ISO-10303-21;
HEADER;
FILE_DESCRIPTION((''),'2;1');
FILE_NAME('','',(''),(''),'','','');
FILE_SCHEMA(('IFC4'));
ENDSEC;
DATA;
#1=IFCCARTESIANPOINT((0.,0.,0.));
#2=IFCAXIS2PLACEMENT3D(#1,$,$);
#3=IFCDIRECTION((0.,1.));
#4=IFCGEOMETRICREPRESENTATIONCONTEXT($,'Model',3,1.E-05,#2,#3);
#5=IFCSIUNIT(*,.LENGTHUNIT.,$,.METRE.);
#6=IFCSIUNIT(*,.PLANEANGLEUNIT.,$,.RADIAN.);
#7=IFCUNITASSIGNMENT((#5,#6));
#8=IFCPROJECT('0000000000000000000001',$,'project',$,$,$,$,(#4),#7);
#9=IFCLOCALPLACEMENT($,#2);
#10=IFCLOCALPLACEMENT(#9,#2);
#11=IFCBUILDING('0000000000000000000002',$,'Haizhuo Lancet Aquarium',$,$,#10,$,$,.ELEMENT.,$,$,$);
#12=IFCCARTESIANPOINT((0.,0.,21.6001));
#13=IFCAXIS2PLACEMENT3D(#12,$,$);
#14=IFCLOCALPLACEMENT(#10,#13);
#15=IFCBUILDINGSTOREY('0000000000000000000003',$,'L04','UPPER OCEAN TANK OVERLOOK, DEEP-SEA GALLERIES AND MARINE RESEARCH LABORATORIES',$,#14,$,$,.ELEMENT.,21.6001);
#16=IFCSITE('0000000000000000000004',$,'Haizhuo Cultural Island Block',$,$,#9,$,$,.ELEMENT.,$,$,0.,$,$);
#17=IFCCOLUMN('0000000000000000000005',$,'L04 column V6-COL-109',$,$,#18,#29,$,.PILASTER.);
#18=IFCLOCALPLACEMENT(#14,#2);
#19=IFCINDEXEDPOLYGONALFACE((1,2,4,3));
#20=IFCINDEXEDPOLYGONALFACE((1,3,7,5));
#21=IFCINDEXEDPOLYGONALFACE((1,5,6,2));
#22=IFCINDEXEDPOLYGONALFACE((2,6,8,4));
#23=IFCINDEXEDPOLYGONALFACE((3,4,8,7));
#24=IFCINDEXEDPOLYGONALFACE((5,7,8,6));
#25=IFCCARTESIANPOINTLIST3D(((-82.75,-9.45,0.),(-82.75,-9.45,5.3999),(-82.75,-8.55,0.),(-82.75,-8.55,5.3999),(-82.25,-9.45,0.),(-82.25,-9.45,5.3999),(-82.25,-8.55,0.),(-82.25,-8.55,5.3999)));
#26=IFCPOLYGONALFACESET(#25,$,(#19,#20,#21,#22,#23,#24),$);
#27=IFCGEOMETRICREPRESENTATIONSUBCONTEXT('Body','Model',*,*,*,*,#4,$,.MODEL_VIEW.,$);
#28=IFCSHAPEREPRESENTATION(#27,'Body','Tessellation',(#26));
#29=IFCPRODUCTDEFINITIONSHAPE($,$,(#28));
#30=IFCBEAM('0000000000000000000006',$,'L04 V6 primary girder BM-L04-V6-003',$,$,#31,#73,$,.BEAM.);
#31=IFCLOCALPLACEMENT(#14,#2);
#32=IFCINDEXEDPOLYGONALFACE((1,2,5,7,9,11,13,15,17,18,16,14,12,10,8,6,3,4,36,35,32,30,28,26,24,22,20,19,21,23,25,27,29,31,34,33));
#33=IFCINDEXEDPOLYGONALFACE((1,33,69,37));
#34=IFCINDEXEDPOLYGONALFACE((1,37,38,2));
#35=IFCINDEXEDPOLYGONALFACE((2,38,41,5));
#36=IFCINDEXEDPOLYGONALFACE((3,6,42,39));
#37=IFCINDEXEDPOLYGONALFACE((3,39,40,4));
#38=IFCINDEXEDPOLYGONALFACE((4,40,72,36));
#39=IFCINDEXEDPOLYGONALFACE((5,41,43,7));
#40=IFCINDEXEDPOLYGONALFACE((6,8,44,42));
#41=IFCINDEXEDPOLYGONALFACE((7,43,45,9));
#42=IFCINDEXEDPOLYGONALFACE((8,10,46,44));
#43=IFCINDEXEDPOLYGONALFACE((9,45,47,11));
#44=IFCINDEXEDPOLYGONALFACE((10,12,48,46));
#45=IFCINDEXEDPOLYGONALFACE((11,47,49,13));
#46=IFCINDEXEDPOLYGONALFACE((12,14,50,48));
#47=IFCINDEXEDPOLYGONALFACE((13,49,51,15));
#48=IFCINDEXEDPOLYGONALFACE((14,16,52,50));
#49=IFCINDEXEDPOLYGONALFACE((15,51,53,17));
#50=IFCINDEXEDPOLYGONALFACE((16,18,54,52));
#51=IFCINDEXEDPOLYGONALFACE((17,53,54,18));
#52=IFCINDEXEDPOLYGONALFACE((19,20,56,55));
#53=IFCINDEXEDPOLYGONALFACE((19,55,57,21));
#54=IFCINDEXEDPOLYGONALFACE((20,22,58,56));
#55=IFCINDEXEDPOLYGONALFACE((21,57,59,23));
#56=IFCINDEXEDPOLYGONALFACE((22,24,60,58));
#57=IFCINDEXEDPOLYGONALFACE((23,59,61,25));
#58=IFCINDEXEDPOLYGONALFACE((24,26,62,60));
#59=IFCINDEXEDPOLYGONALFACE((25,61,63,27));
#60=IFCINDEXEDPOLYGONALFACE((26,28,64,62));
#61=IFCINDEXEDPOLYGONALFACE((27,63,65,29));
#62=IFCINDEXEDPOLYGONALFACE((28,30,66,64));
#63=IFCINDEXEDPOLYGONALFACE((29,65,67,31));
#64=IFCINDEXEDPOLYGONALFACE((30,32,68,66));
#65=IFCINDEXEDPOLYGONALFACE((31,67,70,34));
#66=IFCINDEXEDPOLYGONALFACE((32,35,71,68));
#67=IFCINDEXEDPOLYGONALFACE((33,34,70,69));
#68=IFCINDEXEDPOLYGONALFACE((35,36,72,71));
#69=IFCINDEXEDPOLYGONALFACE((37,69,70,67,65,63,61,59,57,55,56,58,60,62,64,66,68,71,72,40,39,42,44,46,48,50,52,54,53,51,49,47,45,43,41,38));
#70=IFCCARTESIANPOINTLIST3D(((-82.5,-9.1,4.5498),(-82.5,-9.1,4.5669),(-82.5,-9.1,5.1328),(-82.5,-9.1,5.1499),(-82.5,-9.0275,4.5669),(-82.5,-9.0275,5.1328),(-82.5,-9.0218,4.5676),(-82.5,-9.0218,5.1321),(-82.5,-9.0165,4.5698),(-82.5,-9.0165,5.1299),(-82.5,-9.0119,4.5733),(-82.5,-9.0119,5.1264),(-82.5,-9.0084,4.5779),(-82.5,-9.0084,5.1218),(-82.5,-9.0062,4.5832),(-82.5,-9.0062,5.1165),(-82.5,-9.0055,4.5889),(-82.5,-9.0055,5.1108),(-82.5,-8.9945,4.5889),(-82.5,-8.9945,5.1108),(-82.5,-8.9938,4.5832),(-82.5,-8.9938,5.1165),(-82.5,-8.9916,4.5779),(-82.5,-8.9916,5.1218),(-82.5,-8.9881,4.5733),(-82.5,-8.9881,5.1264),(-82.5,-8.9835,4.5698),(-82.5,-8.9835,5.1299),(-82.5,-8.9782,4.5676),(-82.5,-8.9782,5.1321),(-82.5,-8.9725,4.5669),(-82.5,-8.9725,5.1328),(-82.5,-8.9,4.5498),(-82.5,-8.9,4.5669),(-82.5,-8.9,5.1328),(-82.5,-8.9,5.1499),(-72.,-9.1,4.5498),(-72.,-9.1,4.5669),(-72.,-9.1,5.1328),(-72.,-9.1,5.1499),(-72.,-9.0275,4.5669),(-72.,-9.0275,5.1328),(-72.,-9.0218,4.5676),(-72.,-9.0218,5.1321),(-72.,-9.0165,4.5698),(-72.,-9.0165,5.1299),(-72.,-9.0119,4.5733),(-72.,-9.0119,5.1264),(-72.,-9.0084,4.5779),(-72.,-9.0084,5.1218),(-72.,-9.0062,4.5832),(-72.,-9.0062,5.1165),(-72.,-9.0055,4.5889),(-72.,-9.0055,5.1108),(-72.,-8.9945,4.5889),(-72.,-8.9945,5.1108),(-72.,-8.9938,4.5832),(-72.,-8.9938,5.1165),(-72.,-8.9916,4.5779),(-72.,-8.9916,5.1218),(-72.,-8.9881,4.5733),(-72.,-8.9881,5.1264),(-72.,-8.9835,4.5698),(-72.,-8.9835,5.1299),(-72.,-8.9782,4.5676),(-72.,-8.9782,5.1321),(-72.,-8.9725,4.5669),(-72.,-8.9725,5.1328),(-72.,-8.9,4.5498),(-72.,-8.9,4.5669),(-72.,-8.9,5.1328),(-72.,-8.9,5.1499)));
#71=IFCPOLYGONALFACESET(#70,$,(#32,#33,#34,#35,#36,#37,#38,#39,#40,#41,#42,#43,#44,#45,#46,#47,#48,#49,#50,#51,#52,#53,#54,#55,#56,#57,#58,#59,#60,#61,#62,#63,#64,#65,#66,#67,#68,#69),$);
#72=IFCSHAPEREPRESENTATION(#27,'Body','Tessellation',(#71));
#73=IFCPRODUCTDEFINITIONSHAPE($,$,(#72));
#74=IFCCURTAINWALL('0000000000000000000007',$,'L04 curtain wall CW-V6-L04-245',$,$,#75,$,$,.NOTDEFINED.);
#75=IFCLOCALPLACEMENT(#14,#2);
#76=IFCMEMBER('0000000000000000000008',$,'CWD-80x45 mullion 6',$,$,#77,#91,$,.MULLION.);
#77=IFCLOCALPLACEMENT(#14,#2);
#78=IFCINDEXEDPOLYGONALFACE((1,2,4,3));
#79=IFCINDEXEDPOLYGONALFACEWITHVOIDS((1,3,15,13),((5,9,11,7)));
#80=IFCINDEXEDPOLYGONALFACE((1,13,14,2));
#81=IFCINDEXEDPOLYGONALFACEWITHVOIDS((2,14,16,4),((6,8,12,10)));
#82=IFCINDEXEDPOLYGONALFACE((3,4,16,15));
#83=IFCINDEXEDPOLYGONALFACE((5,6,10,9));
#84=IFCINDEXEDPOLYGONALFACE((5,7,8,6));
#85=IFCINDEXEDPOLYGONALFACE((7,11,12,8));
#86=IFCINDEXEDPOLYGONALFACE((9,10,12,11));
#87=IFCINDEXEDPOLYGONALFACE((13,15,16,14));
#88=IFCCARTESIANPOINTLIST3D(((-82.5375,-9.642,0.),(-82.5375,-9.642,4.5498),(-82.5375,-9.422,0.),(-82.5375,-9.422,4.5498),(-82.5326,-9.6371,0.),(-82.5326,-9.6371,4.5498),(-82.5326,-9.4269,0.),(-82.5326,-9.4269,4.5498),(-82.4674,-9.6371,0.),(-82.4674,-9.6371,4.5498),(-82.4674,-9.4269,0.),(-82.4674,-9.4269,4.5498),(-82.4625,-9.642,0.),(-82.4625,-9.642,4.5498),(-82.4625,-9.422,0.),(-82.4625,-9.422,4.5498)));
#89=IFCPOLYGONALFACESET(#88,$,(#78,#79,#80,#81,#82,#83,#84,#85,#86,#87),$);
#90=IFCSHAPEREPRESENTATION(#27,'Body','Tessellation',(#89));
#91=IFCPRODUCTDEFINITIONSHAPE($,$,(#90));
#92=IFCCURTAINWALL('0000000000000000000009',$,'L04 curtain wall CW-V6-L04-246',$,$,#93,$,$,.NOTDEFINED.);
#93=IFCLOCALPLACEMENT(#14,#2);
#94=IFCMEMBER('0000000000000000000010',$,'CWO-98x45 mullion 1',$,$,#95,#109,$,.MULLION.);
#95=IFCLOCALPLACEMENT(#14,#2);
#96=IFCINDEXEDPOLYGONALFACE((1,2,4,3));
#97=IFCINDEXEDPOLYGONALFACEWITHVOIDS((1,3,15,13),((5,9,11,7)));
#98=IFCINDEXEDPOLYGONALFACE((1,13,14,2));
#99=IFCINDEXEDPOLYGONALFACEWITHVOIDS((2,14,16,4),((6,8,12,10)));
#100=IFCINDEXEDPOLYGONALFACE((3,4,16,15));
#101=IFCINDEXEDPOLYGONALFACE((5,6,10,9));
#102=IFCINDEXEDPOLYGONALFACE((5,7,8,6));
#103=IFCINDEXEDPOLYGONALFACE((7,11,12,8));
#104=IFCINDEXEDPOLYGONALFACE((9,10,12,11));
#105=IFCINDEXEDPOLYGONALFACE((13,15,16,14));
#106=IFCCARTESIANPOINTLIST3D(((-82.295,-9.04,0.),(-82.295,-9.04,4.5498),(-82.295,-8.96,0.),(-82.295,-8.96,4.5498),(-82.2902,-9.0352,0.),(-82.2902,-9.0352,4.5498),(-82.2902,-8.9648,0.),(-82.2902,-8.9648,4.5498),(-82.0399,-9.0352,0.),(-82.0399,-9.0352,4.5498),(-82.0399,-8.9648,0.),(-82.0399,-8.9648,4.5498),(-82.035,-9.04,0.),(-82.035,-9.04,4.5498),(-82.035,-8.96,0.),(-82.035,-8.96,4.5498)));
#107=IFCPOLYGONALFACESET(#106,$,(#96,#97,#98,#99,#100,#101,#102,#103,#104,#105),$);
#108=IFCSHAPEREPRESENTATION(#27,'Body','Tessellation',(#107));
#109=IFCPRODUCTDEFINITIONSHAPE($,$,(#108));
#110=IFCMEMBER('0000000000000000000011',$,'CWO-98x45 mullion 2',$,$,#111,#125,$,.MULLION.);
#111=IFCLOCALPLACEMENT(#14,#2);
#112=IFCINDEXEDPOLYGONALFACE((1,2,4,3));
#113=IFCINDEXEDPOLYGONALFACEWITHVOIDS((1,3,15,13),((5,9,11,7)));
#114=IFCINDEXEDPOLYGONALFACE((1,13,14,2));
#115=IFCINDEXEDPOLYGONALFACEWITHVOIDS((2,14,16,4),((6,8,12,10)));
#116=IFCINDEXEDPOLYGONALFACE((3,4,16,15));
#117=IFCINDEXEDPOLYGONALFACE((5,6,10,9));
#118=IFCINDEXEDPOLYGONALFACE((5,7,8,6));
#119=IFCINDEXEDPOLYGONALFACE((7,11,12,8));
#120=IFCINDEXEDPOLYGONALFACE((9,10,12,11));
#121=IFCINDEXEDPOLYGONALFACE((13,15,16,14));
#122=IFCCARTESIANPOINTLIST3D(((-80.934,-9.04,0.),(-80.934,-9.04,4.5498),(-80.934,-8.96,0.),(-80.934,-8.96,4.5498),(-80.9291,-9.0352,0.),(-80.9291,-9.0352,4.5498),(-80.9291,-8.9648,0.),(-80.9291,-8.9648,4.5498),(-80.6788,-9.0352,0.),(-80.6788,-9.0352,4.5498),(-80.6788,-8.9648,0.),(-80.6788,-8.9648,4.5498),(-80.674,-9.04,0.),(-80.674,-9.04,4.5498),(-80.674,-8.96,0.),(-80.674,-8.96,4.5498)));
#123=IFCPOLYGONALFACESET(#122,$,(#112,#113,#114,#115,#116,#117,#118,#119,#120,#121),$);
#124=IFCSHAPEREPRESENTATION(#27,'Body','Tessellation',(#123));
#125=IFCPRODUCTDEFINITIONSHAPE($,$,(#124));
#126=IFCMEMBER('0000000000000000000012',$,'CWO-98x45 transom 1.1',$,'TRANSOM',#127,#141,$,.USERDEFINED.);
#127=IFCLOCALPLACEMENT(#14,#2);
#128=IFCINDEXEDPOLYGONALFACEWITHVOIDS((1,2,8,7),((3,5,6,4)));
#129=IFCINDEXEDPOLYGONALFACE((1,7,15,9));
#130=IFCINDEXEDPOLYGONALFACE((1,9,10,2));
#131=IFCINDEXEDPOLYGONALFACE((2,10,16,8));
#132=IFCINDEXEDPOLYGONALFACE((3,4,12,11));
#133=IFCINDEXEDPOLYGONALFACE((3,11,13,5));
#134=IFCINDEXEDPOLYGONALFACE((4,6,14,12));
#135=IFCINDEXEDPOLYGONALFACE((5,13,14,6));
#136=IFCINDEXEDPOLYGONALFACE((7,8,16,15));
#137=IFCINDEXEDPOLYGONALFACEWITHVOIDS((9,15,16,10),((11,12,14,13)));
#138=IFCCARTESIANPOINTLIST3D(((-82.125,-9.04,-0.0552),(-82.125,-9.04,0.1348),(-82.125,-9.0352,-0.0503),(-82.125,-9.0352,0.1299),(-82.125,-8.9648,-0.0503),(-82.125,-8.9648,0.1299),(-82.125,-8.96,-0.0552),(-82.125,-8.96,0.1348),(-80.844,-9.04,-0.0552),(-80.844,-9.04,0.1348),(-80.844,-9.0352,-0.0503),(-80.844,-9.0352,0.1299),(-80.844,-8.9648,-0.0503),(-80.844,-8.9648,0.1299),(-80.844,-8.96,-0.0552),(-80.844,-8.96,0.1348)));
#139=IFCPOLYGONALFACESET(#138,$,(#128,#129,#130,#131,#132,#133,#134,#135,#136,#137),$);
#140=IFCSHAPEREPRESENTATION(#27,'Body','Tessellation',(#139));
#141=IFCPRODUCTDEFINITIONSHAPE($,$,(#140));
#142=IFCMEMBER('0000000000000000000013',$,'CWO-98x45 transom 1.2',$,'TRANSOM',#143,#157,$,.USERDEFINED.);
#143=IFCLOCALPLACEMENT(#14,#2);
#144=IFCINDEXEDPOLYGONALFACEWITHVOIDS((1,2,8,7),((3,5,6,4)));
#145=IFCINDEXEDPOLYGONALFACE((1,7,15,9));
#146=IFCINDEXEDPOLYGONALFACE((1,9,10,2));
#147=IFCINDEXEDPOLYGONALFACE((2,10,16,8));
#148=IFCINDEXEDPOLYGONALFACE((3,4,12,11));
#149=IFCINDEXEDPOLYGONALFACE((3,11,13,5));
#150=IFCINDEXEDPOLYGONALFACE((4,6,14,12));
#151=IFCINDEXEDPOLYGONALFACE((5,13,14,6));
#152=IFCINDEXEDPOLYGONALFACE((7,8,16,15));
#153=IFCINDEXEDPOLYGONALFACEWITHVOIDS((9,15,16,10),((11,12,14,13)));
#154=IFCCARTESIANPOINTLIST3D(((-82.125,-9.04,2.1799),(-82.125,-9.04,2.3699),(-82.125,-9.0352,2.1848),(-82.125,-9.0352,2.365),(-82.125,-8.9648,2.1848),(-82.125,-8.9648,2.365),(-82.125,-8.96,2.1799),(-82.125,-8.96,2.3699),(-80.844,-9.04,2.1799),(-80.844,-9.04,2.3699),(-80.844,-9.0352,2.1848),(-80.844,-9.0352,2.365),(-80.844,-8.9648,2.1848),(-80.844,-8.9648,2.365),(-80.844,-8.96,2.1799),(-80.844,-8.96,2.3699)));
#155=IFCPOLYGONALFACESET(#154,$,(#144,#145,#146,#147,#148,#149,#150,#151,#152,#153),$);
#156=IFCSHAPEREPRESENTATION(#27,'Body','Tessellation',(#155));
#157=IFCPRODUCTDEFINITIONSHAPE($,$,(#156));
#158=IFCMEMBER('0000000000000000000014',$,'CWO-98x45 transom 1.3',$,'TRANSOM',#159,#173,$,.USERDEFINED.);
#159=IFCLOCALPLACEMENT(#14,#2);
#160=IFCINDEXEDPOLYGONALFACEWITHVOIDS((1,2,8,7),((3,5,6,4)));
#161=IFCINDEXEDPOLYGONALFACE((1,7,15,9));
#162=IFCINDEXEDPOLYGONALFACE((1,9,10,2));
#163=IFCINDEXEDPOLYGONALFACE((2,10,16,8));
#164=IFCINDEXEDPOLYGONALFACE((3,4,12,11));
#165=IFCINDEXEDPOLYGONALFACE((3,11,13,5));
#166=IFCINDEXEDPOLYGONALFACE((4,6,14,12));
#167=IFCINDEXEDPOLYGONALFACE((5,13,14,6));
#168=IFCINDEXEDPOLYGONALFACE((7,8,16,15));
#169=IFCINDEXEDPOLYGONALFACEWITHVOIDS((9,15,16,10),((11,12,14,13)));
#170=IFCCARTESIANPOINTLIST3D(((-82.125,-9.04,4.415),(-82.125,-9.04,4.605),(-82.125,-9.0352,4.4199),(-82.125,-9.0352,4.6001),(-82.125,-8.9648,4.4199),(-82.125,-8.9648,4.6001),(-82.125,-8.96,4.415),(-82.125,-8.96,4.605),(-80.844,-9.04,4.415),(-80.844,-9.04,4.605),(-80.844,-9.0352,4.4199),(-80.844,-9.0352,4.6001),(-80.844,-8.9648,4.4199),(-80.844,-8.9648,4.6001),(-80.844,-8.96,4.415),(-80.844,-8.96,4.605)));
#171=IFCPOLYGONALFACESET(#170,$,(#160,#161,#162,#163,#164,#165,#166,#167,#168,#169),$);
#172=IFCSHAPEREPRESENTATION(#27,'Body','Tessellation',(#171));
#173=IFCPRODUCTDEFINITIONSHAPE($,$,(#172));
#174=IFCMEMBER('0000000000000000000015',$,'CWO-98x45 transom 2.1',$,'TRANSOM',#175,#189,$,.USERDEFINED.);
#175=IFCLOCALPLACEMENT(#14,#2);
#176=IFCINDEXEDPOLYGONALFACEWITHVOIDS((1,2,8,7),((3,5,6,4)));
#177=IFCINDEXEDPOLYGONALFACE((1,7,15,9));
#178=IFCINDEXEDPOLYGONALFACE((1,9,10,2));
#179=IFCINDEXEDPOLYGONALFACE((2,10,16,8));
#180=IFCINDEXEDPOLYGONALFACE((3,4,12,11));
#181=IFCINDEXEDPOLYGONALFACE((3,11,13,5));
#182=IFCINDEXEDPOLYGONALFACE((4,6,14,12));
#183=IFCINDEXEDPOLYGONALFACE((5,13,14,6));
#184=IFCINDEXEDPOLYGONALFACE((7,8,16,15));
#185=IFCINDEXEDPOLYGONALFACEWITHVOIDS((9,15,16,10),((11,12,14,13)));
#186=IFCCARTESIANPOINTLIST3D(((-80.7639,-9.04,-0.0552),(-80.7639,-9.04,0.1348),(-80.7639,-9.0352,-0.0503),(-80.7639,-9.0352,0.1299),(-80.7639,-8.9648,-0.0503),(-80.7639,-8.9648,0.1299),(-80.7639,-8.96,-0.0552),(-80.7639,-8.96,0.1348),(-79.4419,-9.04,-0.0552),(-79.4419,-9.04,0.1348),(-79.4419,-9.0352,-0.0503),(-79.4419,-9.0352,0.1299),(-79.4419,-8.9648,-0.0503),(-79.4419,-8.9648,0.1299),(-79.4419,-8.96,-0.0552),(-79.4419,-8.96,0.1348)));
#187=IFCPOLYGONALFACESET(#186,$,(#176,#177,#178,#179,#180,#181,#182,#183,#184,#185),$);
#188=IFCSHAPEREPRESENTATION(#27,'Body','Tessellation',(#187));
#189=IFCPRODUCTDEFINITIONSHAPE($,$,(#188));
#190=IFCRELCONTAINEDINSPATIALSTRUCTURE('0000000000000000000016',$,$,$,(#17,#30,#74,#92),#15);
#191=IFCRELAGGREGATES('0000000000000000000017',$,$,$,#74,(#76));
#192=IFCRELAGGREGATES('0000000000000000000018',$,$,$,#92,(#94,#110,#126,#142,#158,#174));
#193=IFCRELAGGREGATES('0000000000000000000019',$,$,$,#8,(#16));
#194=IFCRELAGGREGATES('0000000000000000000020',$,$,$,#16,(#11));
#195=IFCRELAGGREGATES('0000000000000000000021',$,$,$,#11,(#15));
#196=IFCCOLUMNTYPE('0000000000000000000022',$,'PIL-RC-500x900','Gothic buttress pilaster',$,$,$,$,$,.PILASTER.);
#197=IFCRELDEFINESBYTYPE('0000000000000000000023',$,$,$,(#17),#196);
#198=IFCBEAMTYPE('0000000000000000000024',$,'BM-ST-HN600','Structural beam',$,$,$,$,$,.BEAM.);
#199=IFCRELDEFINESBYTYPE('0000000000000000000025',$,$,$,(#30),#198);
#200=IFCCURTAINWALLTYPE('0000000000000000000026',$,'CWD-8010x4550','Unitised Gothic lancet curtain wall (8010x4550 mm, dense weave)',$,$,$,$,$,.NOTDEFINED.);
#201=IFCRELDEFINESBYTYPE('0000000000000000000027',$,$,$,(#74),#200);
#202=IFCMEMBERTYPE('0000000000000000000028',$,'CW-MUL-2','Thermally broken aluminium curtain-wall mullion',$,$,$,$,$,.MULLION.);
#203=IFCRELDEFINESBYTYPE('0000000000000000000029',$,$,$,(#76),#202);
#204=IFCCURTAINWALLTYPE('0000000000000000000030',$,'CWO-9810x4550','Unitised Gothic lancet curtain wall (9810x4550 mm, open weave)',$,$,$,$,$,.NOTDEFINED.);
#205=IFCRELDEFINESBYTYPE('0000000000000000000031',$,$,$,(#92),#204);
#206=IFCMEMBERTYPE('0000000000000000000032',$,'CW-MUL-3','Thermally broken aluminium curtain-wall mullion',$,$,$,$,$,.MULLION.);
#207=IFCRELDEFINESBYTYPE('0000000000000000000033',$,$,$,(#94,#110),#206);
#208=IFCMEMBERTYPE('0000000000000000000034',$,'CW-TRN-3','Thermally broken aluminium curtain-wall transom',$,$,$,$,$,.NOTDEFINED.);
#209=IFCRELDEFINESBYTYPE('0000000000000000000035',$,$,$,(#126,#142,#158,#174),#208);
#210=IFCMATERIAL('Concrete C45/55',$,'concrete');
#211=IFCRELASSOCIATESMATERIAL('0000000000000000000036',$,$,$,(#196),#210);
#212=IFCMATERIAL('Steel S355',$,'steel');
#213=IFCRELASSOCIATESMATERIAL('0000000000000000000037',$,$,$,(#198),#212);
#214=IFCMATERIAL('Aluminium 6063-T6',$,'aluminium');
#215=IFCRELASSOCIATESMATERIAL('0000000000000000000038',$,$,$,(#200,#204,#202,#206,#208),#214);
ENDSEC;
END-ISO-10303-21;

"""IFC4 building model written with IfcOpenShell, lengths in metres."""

from ifc_helpers import new_model, si_unit, direction, frame, origin, origin_2d, place, context, subcontext, project, spatial, rectangle, hollow_rectangle, i_section, extrude, material, material_profile, profile_set, type_object, element, aggregate, save


model = new_model("IFC4")

# Units and contexts
model_context = context("Model", 3, precision=1e-05, world=origin(), true_north=direction((0.0, 1.0)))
body_context = subcontext(model_context, "Body", "Model", "MODEL_VIEW")
ifc_project = project(units=[si_unit("LENGTHUNIT", "METRE"), si_unit("PLANEANGLEUNIT", "RADIAN")], contexts=[model_context])

# Site, building, storey
site_placement = place(None, origin())
site = spatial("IfcSite", under=ifc_project, at=site_placement, Name="Haizhuo Cultural Island Block", CompositionType="ELEMENT", RefElevation=0.0)
building_placement = place(site_placement, origin())
building = spatial("IfcBuilding", under=site, at=building_placement, Name="Haizhuo Lancet Aquarium", CompositionType="ELEMENT")
storey_placement = place(building_placement, frame((0.0, 0.0, 21.6001)))
storey = spatial("IfcBuildingStorey", under=building, at=storey_placement, Name="L04", Description="UPPER OCEAN TANK OVERLOOK, DEEP-SEA GALLERIES AND MARINE RESEARCH LABORATORIES", CompositionType="ELEMENT", Elevation=21.6001)

# Column
ifc_material_1 = material(Name="Concrete C45/55", Category="concrete")
ifc_material_profile_1 = material_profile(ifc_material_1, rectangle(XDim=0.5, YDim=0.8999, at=origin_2d()), Name="RC-PIL 500x900")
ifc_profile_set_1 = profile_set([ifc_material_profile_1], Name="Concrete C45/55")
column_type = type_object("IfcColumnType", Name="PIL-RC-500x900", Description="Gothic buttress pilaster", PredefinedType="PILASTER", material=ifc_profile_set_1)
column_placement = place(storey_placement, frame((-82.5, -9.0, 0.0), z_axis=(0.0, 0.0, 1.0), x_axis=(1.0, 0.0, 0.0)))
element("IfcColumn", 1, at=column_placement, inside=storey, type_object=column_type, Name="L04 column V6-COL-109", PredefinedType="PILASTER", context=body_context, shape_type="SweptSolid", body=[
    extrude(rectangle(XDim=0.5, YDim=0.8999, at=origin_2d()), origin(), (0.0, 0.0, 1.0), 5.3999),
])

# Beam
ifc_material_2 = material(Name="Steel S355", Category="steel")
ifc_material_profile_2 = material_profile(ifc_material_2, i_section(OverallWidth=0.2, OverallDepth=0.6001, WebThickness=0.011, FlangeThickness=0.0171, FilletRadius=0.022, at=origin_2d()), Name="HN 600x200x11x17")
ifc_profile_set_2 = profile_set([ifc_material_profile_2], Name="Steel S355")
beam_type = type_object("IfcBeamType", Name="BM-ST-HN600", Description="Structural beam", PredefinedType="BEAM", material=ifc_profile_set_2)
beam_placement = place(storey_placement, frame((-82.5, -9.0, 4.8499), z_axis=(1.0, 0.0, 0.0), x_axis=(0.0, 1.0, 0.0)))
element("IfcBeam", 2, at=beam_placement, inside=storey, type_object=beam_type, Name="L04 V6 primary girder BM-L04-V6-003", PredefinedType="BEAM", context=body_context, shape_type="SweptSolid", body=[
    extrude(i_section(OverallWidth=0.2, OverallDepth=0.6001, WebThickness=0.011, FlangeThickness=0.0171, FilletRadius=0.022, at=origin_2d()), origin(), (0.0, 0.0, 1.0), 10.5),
])

# Curtain wall, member
ifc_material_3 = material(Name="Aluminium 6063-T6", Category="aluminium")
curtain_wall_type_1 = type_object("IfcCurtainWallType", Name="CWD-8010x4550", Description="Unitised Gothic lancet curtain wall (8010x4550 mm, dense weave)", PredefinedType="NOTDEFINED", material=ifc_material_3)
curtain_wall_1_placement = place(storey_placement, origin())
curtain_wall_1 = element("IfcCurtainWall", 3, at=curtain_wall_1_placement, inside=storey, type_object=curtain_wall_type_1, Name="L04 curtain wall CW-V6-L04-245", PredefinedType="NOTDEFINED")
ifc_material_profile_3 = material_profile(ifc_material_3, hollow_rectangle(XDim=0.075, YDim=0.22, WallThickness=0.0049, at=origin_2d()), Name="ALU-M 75x220x5")
ifc_profile_set_3 = profile_set([ifc_material_profile_3], Name="Aluminium 6063-T6")
member_type_1 = type_object("IfcMemberType", Name="CW-MUL-2", Description="Thermally broken aluminium curtain-wall mullion", PredefinedType="MULLION", material=ifc_profile_set_3)
member_1_placement = place(storey_placement, frame((-82.5, -9.532, 0.0), z_axis=(0.0, 0.0, 1.0), x_axis=(-1.0, 0.0, 0.0)))
member_1 = element("IfcMember", 4, at=member_1_placement, type_object=member_type_1, Name="CWD-80x45 mullion 6", PredefinedType="MULLION", context=body_context, shape_type="SweptSolid", body=[
    extrude(hollow_rectangle(XDim=0.075, YDim=0.22, WallThickness=0.0049, at=origin_2d()), origin(), (0.0, 0.0, 1.0), 4.5498),
])
aggregate(curtain_wall_1, [member_1])

# Curtain wall, members
curtain_wall_type_2 = type_object("IfcCurtainWallType", Name="CWO-9810x4550", Description="Unitised Gothic lancet curtain wall (9810x4550 mm, open weave)", PredefinedType="NOTDEFINED", material=ifc_material_3)
curtain_wall_2_placement = place(storey_placement, origin())
curtain_wall_2 = element("IfcCurtainWall", 5, at=curtain_wall_2_placement, inside=storey, type_object=curtain_wall_type_2, Name="L04 curtain wall CW-V6-L04-246", PredefinedType="NOTDEFINED")
ifc_material_profile_4 = material_profile(ifc_material_3, hollow_rectangle(XDim=0.0801, YDim=0.26, WallThickness=0.0049, at=origin_2d()), Name="ALU-M 80x260x5")
ifc_profile_set_4 = profile_set([ifc_material_profile_4], Name="Aluminium 6063-T6")
member_type_2 = type_object("IfcMemberType", Name="CW-MUL-3", Description="Thermally broken aluminium curtain-wall mullion", PredefinedType="MULLION", material=ifc_profile_set_4)
member_2_placement = place(storey_placement, frame((-82.165, -9.0, 0.0), z_axis=(0.0, 0.0, 1.0), x_axis=(0.0, 1.0, 0.0)))
member_2 = element("IfcMember", 6, at=member_2_placement, type_object=member_type_2, Name="CWO-98x45 mullion 1", PredefinedType="MULLION", context=body_context, shape_type="SweptSolid", body=[
    extrude(hollow_rectangle(XDim=0.0801, YDim=0.26, WallThickness=0.0049, at=origin_2d()), origin(), (0.0, 0.0, 1.0), 4.5498),
])
member_3_placement = place(storey_placement, frame((-80.804, -9.0, 0.0), z_axis=(0.0, 0.0, 1.0), x_axis=(0.0, 1.0, 0.0)))
member_3 = element("IfcMember", 7, at=member_3_placement, type_object=member_type_2, Name="CWO-98x45 mullion 2", PredefinedType="MULLION", context=body_context, shape_type="SweptSolid", body=[
    extrude(hollow_rectangle(XDim=0.0801, YDim=0.26, WallThickness=0.0049, at=origin_2d()), origin(), (0.0, 0.0, 1.0), 4.5498),
])
ifc_material_profile_5 = material_profile(ifc_material_3, hollow_rectangle(XDim=0.0801, YDim=0.1899, WallThickness=0.0049, at=origin_2d()), Name="ALU-T 80x190x5")
ifc_profile_set_5 = profile_set([ifc_material_profile_5], Name="Aluminium 6063-T6")
member_type_3 = type_object("IfcMemberType", Name="CW-TRN-3", Description="Thermally broken aluminium curtain-wall transom", PredefinedType="NOTDEFINED", material=ifc_profile_set_5)
member_4_placement = place(storey_placement, frame((-82.125, -9.0, 0.0398), z_axis=(1.0, 0.0, 0.0), x_axis=(0.0, 1.0, 0.0)))
member_4 = element("IfcMember", 8, at=member_4_placement, type_object=member_type_3, Name="CWO-98x45 transom 1.1", ObjectType="TRANSOM", PredefinedType="USERDEFINED", context=body_context, shape_type="SweptSolid", body=[
    extrude(hollow_rectangle(XDim=0.0801, YDim=0.1899, WallThickness=0.0049, at=origin_2d()), origin(), (0.0, 0.0, 1.0), 1.281),
])
member_5_placement = place(storey_placement, frame((-82.125, -9.0, 2.2749), z_axis=(1.0, 0.0, 0.0), x_axis=(0.0, 1.0, 0.0)))
member_5 = element("IfcMember", 9, at=member_5_placement, type_object=member_type_3, Name="CWO-98x45 transom 1.2", ObjectType="TRANSOM", PredefinedType="USERDEFINED", context=body_context, shape_type="SweptSolid", body=[
    extrude(hollow_rectangle(XDim=0.0801, YDim=0.1899, WallThickness=0.0049, at=origin_2d()), origin(), (0.0, 0.0, 1.0), 1.281),
])
member_6_placement = place(storey_placement, frame((-82.125, -9.0, 4.51), z_axis=(1.0, 0.0, 0.0), x_axis=(0.0, 1.0, 0.0)))
member_6 = element("IfcMember", 10, at=member_6_placement, type_object=member_type_3, Name="CWO-98x45 transom 1.3", ObjectType="TRANSOM", PredefinedType="USERDEFINED", context=body_context, shape_type="SweptSolid", body=[
    extrude(hollow_rectangle(XDim=0.0801, YDim=0.1899, WallThickness=0.0049, at=origin_2d()), origin(), (0.0, 0.0, 1.0), 1.281),
])
member_7_placement = place(storey_placement, frame((-80.7639, -9.0, 0.0398), z_axis=(1.0, 0.0, 0.0), x_axis=(0.0, 1.0, 0.0)))
member_7 = element("IfcMember", 11, at=member_7_placement, type_object=member_type_3, Name="CWO-98x45 transom 2.1", ObjectType="TRANSOM", PredefinedType="USERDEFINED", context=body_context, shape_type="SweptSolid", body=[
    extrude(hollow_rectangle(XDim=0.0801, YDim=0.1899, WallThickness=0.0049, at=origin_2d()), origin(), (0.0, 0.0, 1.0), 1.322),
])

aggregate(curtain_wall_2, [member_2, member_3, member_4, member_5, member_6, member_7])

save(model, "model.ifc")
